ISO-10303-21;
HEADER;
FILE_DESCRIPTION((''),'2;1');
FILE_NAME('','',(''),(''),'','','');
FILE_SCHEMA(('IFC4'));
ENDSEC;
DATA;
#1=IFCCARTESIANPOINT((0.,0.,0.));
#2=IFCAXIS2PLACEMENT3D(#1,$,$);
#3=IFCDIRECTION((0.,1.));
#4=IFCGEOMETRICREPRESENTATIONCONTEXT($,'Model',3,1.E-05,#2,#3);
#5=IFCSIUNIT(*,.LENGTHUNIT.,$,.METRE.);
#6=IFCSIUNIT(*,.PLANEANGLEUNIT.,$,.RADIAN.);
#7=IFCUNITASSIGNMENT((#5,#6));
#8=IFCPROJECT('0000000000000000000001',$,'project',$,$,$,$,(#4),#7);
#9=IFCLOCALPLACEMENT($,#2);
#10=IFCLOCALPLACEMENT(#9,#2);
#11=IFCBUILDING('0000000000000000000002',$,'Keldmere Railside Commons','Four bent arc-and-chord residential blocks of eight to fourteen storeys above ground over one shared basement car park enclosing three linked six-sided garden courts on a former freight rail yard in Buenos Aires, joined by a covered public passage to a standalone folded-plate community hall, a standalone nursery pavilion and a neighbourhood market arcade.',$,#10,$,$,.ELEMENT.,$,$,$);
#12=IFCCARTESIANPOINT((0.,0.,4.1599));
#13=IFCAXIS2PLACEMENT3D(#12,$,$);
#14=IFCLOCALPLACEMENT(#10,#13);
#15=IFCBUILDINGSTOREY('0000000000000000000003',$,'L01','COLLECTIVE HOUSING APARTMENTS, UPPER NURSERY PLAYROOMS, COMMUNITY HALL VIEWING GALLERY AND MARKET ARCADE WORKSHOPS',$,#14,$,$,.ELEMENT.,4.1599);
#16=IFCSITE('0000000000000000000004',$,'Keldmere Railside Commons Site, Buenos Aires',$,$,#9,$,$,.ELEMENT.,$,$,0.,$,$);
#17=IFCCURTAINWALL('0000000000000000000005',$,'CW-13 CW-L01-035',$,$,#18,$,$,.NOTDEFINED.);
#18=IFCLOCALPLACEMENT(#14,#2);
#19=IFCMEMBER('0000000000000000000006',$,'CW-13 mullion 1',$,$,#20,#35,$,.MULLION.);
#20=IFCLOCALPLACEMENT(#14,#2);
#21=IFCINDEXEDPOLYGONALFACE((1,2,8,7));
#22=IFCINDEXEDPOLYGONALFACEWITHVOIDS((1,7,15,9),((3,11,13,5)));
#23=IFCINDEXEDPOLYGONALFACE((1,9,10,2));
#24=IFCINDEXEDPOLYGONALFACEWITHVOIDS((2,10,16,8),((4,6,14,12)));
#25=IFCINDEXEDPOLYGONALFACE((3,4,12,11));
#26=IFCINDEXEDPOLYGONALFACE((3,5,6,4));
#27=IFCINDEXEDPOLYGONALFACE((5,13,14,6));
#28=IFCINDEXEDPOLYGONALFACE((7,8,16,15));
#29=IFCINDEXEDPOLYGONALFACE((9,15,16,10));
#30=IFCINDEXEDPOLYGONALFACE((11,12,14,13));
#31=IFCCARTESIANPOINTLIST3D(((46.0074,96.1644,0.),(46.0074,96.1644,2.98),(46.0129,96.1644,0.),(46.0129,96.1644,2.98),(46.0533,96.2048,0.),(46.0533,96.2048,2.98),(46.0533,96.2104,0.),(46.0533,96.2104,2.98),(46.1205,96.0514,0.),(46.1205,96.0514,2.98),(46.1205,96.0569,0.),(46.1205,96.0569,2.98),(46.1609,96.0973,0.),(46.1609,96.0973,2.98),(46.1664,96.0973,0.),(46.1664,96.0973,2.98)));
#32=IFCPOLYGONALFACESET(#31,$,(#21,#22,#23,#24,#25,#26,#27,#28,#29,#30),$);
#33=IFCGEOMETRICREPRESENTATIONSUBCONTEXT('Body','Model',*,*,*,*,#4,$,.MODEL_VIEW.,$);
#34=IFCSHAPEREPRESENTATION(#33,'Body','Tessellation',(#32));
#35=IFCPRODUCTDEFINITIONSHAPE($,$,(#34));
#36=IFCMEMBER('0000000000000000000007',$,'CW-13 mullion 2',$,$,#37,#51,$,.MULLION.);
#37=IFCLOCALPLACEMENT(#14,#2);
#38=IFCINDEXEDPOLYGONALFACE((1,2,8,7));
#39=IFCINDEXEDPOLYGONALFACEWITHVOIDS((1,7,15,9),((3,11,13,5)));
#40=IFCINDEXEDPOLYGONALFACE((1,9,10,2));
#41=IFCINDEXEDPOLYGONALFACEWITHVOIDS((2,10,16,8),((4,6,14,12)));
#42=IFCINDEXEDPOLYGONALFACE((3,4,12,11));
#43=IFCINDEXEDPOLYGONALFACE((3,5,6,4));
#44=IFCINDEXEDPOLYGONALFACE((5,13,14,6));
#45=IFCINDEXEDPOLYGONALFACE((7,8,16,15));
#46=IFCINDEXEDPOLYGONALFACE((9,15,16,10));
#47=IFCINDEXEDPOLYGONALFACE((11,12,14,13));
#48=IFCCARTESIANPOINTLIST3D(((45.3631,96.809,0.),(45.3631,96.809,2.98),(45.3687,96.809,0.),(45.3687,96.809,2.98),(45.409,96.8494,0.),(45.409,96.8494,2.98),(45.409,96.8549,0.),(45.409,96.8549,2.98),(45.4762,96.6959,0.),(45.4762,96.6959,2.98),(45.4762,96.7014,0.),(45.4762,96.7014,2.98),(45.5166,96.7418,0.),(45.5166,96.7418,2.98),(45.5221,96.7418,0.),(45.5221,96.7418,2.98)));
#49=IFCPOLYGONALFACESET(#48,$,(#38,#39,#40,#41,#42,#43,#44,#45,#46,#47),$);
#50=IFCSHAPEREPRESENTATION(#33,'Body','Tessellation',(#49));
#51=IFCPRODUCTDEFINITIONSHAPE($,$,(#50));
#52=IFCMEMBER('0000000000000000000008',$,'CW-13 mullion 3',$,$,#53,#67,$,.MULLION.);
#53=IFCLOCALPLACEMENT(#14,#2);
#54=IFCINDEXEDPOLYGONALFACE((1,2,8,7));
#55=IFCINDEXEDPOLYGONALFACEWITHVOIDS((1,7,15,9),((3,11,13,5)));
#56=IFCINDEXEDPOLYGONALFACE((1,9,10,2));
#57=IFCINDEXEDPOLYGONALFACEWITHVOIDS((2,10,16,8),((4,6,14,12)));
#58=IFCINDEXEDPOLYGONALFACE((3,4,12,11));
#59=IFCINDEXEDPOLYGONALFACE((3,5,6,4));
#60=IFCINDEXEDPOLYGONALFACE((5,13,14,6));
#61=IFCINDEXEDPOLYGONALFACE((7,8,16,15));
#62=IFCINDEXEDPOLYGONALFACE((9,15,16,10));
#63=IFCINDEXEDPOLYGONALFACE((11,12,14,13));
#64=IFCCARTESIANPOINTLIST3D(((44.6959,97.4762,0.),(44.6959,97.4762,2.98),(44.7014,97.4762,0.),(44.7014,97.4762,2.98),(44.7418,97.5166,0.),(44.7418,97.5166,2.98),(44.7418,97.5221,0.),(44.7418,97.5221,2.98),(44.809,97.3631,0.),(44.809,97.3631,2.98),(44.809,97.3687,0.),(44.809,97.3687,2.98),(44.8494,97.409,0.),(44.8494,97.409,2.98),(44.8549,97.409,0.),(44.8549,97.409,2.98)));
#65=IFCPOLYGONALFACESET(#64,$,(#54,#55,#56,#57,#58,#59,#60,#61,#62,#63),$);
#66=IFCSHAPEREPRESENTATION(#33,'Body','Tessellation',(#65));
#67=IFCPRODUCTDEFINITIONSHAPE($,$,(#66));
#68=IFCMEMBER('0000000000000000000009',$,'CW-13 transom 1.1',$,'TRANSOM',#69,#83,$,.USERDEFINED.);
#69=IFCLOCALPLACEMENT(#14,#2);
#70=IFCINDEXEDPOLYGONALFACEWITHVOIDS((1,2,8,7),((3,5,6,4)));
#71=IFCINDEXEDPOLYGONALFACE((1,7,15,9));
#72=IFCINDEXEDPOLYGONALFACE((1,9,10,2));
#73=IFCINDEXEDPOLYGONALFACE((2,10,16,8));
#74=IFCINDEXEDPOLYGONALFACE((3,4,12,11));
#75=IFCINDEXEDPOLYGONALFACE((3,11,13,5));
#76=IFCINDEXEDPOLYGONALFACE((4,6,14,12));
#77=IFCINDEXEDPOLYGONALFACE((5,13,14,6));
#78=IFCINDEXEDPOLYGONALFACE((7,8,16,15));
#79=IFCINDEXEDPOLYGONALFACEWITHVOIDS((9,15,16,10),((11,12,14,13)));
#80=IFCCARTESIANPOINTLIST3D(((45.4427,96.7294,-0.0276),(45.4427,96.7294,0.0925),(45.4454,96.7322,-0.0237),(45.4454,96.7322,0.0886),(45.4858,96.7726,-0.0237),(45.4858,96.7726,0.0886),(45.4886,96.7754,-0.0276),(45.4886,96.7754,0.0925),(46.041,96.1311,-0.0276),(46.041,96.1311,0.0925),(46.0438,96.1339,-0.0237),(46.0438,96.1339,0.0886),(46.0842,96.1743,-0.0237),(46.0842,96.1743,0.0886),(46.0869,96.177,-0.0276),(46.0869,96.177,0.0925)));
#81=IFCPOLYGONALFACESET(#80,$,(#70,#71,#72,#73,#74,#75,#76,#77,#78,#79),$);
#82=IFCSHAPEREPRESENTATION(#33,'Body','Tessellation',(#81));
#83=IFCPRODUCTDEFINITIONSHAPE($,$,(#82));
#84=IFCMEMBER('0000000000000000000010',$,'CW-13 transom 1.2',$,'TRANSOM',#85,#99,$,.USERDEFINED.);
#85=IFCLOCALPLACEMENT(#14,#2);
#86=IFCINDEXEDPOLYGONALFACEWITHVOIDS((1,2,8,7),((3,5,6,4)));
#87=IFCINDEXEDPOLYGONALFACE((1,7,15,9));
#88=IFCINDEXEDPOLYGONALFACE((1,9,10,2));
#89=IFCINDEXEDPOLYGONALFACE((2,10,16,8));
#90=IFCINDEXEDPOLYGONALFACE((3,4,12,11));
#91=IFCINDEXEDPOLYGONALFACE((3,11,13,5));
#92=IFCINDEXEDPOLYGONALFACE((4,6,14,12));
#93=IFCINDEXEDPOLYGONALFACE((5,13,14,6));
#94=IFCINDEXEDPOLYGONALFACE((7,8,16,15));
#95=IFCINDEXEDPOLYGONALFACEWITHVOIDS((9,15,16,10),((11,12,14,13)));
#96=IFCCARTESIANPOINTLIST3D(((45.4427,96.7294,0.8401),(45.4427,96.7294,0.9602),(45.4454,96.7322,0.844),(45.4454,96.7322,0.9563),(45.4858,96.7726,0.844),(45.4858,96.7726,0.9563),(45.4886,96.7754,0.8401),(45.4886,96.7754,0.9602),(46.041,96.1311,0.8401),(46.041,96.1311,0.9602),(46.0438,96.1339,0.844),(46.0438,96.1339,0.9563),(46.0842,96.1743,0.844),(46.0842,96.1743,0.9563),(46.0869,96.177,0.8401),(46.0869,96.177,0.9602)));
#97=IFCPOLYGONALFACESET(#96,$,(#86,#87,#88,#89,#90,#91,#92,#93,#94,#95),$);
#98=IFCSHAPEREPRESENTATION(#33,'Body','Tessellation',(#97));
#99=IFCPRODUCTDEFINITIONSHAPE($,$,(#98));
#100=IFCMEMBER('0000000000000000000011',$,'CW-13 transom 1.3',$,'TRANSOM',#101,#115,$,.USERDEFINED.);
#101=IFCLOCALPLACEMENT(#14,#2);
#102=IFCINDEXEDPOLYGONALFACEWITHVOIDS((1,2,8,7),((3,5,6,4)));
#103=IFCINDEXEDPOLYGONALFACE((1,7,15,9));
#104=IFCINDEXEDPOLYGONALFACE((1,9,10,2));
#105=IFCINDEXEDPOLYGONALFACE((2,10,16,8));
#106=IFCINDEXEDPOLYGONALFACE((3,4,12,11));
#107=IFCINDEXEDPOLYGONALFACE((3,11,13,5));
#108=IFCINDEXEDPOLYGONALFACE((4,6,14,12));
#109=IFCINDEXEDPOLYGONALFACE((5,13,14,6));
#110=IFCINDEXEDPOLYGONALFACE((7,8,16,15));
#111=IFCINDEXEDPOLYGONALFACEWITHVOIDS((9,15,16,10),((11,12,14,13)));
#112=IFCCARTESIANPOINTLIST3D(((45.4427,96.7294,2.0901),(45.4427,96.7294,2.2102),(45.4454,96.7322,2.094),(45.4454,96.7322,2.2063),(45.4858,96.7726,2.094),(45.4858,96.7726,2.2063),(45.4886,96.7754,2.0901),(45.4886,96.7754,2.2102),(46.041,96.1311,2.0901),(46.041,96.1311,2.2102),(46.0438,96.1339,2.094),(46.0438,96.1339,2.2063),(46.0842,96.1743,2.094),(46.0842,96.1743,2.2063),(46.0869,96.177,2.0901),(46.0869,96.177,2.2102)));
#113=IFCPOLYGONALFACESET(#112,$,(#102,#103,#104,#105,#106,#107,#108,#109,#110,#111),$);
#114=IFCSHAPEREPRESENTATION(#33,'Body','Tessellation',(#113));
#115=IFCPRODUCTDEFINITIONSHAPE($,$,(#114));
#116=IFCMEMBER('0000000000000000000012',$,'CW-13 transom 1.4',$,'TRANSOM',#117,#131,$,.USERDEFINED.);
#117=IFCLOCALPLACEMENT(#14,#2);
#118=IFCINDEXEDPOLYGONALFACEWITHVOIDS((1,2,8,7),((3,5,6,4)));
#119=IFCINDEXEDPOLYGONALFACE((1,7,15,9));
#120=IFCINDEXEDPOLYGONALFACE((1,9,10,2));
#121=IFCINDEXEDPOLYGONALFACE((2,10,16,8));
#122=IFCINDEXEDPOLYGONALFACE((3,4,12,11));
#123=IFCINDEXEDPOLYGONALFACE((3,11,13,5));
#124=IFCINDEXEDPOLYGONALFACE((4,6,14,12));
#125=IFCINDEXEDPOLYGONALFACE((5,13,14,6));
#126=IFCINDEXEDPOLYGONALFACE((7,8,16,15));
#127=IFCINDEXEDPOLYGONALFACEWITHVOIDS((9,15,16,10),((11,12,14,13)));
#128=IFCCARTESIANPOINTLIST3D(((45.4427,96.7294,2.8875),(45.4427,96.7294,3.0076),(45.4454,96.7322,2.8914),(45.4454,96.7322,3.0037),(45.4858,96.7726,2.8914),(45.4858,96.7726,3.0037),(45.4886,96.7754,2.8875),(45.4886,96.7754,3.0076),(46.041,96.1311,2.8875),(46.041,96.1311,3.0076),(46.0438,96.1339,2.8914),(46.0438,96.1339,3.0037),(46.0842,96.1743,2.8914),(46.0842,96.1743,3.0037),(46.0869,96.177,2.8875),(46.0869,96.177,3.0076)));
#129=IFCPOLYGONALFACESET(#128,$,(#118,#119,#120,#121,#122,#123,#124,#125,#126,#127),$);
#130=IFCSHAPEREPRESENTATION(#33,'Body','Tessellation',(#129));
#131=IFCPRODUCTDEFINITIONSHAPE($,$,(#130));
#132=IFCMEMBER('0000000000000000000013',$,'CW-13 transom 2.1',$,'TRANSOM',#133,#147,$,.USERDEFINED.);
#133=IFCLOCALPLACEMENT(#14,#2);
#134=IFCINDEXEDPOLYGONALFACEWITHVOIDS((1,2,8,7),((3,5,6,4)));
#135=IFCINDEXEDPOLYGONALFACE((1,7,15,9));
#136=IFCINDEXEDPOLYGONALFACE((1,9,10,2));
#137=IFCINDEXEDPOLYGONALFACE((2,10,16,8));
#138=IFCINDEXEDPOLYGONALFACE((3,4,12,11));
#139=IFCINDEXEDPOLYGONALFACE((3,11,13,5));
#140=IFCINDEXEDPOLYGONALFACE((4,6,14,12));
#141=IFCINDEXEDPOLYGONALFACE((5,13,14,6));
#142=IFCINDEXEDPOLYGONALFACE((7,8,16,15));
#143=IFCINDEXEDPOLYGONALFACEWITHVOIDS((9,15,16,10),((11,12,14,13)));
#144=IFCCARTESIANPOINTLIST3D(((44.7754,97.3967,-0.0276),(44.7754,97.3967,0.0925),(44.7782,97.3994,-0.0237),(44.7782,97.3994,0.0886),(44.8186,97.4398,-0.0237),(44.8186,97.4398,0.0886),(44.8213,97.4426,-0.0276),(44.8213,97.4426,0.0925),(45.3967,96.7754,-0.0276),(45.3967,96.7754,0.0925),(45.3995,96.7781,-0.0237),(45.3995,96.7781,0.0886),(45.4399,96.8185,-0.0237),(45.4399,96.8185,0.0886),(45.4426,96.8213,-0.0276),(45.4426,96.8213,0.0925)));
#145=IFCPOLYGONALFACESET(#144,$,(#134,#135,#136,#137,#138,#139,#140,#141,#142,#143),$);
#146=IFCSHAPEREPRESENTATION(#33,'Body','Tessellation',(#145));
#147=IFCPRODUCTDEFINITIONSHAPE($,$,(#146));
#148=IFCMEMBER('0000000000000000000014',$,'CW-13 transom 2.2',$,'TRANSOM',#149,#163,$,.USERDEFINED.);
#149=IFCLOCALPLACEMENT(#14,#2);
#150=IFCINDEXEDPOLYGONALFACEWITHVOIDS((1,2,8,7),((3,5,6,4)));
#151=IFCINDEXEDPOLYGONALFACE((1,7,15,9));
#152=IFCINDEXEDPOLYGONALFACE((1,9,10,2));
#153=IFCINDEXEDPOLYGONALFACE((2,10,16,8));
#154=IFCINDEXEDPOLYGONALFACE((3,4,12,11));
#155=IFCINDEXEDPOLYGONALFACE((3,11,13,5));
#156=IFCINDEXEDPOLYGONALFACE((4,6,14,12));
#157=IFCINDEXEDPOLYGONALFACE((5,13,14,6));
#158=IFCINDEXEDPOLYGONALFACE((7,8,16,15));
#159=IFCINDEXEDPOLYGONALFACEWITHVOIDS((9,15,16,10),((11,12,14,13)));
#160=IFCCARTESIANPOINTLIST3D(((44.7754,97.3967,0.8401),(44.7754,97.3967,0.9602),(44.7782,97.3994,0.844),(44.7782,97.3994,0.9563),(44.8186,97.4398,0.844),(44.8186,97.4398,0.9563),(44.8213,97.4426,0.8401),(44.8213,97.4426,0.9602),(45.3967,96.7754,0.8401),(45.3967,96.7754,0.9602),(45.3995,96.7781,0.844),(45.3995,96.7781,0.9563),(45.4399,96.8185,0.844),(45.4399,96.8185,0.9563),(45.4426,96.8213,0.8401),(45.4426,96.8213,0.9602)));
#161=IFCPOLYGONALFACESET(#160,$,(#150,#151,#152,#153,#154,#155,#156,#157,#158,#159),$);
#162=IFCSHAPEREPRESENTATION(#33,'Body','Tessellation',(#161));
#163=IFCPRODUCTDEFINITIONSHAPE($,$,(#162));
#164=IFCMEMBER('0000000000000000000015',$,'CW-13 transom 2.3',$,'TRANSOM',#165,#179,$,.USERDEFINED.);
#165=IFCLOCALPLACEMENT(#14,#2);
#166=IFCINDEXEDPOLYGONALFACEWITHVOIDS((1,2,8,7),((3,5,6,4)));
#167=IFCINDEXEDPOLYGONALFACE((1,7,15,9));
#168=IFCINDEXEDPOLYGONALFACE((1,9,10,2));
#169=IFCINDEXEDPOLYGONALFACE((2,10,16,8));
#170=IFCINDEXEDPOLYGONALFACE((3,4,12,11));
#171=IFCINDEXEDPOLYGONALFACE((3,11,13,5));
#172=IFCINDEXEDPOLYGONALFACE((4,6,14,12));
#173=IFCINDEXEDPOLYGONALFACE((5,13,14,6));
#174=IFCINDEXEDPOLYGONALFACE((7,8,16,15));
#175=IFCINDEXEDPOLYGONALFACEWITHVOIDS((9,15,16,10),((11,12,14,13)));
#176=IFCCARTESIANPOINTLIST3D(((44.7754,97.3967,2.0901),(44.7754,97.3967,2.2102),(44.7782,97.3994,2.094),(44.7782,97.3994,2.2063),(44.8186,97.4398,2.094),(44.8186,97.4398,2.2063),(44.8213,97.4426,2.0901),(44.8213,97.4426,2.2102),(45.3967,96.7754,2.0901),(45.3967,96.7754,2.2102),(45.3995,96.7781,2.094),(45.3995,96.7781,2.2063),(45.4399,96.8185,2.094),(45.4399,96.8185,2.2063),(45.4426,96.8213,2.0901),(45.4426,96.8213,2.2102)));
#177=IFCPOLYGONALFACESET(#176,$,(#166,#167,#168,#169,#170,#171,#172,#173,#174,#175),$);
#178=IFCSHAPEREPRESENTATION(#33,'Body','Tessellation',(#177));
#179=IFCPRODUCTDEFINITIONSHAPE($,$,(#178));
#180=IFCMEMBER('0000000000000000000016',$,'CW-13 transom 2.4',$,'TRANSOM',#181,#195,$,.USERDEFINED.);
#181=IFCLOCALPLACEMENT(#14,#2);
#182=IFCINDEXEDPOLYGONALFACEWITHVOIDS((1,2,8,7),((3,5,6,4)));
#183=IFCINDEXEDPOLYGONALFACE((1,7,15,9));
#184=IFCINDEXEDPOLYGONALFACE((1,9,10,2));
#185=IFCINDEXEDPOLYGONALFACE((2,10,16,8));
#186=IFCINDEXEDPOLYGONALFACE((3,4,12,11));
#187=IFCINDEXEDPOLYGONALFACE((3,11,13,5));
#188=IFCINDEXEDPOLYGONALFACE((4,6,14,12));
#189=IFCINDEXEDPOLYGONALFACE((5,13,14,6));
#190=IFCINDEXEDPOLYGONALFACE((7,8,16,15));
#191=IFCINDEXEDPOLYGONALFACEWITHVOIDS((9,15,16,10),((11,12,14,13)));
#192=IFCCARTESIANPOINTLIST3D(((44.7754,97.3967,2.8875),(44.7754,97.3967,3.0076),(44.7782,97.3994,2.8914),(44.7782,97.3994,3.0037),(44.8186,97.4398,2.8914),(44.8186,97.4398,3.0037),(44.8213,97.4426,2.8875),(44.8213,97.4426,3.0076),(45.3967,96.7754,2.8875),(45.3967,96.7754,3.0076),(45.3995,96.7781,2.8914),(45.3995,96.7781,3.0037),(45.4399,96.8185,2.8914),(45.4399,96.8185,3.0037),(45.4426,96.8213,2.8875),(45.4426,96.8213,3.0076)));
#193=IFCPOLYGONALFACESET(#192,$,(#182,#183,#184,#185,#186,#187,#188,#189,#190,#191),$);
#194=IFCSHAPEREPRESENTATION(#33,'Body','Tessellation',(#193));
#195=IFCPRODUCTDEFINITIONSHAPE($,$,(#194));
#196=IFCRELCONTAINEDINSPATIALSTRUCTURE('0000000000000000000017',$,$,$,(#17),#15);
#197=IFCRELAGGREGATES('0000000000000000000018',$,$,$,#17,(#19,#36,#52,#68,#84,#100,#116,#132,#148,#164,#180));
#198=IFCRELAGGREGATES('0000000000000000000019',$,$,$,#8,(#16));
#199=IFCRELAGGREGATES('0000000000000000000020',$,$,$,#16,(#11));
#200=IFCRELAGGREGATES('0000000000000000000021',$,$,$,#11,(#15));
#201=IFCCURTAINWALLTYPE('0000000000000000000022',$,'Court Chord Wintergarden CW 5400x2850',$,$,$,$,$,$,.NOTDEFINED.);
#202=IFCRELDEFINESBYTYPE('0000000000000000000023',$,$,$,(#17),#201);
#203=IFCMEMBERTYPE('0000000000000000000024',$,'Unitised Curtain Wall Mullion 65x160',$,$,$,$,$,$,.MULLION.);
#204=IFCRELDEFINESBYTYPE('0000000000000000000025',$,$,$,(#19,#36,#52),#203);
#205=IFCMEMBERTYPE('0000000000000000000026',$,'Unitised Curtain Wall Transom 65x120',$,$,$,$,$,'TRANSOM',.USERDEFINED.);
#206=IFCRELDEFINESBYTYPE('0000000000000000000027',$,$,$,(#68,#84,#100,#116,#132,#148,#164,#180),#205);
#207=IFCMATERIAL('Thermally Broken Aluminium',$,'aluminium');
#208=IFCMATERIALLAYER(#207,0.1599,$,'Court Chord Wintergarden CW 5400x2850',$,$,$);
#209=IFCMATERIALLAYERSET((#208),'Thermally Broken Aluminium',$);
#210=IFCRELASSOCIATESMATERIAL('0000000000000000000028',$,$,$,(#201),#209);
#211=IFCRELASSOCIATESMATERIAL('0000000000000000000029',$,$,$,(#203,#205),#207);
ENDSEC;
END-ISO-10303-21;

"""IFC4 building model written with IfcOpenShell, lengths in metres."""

from ifc_helpers import new_model, si_unit, direction, frame, origin, origin_2d, place, context, subcontext, project, spatial, hollow_rectangle, extrude, material, layer, layer_set, material_profile, profile_set, type_object, element, aggregate, save


model = new_model("IFC4")

# Units and contexts
model_context = context("Model", 3, precision=1e-05, world=origin(), true_north=direction((0.0, 1.0)))
body_context = subcontext(model_context, "Body", "Model", "MODEL_VIEW")
ifc_project = project(units=[si_unit("LENGTHUNIT", "METRE"), si_unit("PLANEANGLEUNIT", "RADIAN")], contexts=[model_context])

# Site, building, storey
site_placement = place(None, origin())
site = spatial("IfcSite", under=ifc_project, at=site_placement, Name="Keldmere Railside Commons Site, Buenos Aires", CompositionType="ELEMENT", RefElevation=0.0)
building_placement = place(site_placement, origin())
building = spatial("IfcBuilding", under=site, at=building_placement, Name="Keldmere Railside Commons", Description="Four bent arc-and-chord residential blocks of eight to fourteen storeys above ground over one shared basement car park enclosing three linked six-sided garden courts on a former freight rail yard in Buenos Aires, joined by a covered public passage to a standalone folded-plate community hall, a standalone nursery pavilion and a neighbourhood market arcade.", CompositionType="ELEMENT")
storey_placement = place(building_placement, frame((0.0, 0.0, 4.1599)))
storey = spatial("IfcBuildingStorey", under=building, at=storey_placement, Name="L01", Description="COLLECTIVE HOUSING APARTMENTS, UPPER NURSERY PLAYROOMS, COMMUNITY HALL VIEWING GALLERY AND MARKET ARCADE WORKSHOPS", CompositionType="ELEMENT", Elevation=4.1599)

# Curtain wall, members
ifc_material_1 = material(Name="Thermally Broken Aluminium", Category="aluminium")
ifc_layer_1 = layer(ifc_material_1, 0.1599, Name="Court Chord Wintergarden CW 5400x2850")
ifc_layer_set_1 = layer_set([ifc_layer_1], Name="Thermally Broken Aluminium")
curtain_wall_type = type_object("IfcCurtainWallType", Name="Court Chord Wintergarden CW 5400x2850", PredefinedType="NOTDEFINED", material=ifc_layer_set_1)
curtain_wall_placement = place(storey_placement, origin())
curtain_wall = element("IfcCurtainWall", 1, at=curtain_wall_placement, inside=storey, type_object=curtain_wall_type, Name="CW-13 CW-L01-035", PredefinedType="NOTDEFINED")
ifc_material_profile_1 = material_profile(ifc_material_1, hollow_rectangle(XDim=0.0649, YDim=0.1599, WallThickness=0.0039, at=origin_2d()), Name="ALU-MULL-65x160")
ifc_profile_set_1 = profile_set([ifc_material_profile_1], Name="Thermally Broken Aluminium")
member_type_1 = type_object("IfcMemberType", Name="Unitised Curtain Wall Mullion 65x160", PredefinedType="MULLION", material=ifc_profile_set_1)
member_1_placement = place(storey_placement, frame((46.0869, 96.1309, 0.0), z_axis=(0.0, 0.0, 1.0), x_axis=(-0.707107, -0.707107, 0.0)))
member_1 = element("IfcMember", 2, at=member_1_placement, type_object=member_type_1, Name="CW-13 mullion 1", PredefinedType="MULLION", context=body_context, shape_type="SweptSolid", body=[
    extrude(hollow_rectangle(XDim=0.0649, YDim=0.1599, WallThickness=0.0039, at=origin_2d()), origin(), (0.0, 0.0, 1.0), 2.98),
])
member_2_placement = place(storey_placement, frame((45.4426, 96.7754, 0.0), z_axis=(0.0, 0.0, 1.0), x_axis=(-0.707107, -0.707107, 0.0)))
member_2 = element("IfcMember", 3, at=member_2_placement, type_object=member_type_1, Name="CW-13 mullion 2", PredefinedType="MULLION", context=body_context, shape_type="SweptSolid", body=[
    extrude(hollow_rectangle(XDim=0.0649, YDim=0.1599, WallThickness=0.0039, at=origin_2d()), origin(), (0.0, 0.0, 1.0), 2.98),
])
member_3_placement = place(storey_placement, frame((44.7754, 97.4426, 0.0), z_axis=(0.0, 0.0, 1.0), x_axis=(-0.707107, -0.707107, 0.0)))
member_3 = element("IfcMember", 4, at=member_3_placement, type_object=member_type_1, Name="CW-13 mullion 3", PredefinedType="MULLION", context=body_context, shape_type="SweptSolid", body=[
    extrude(hollow_rectangle(XDim=0.0649, YDim=0.1599, WallThickness=0.0039, at=origin_2d()), origin(), (0.0, 0.0, 1.0), 2.98),
])
ifc_material_profile_2 = material_profile(ifc_material_1, hollow_rectangle(XDim=0.0649, YDim=0.1201, WallThickness=0.0039, at=origin_2d()), Name="ALU-TRAN-65x120")
ifc_profile_set_2 = profile_set([ifc_material_profile_2], Name="Thermally Broken Aluminium")
member_type_2 = type_object("IfcMemberType", Name="Unitised Curtain Wall Transom 65x120", ElementType="TRANSOM", PredefinedType="USERDEFINED", material=ifc_profile_set_2)
member_4_placement = place(storey_placement, frame((46.064, 96.1541, 0.0325), z_axis=(-0.707107, 0.707107, 0.0), x_axis=(-0.707107, -0.707107, 0.0)))
member_4 = element("IfcMember", 5, at=member_4_placement, type_object=member_type_2, Name="CW-13 transom 1.1", ObjectType="TRANSOM", PredefinedType="USERDEFINED", context=body_context, shape_type="SweptSolid", body=[
    extrude(hollow_rectangle(XDim=0.0649, YDim=0.1201, WallThickness=0.0039, at=origin_2d()), origin(), (0.0, 0.0, 1.0), 0.8462),
])
member_5_placement = place(storey_placement, frame((46.064, 96.1541, 0.9001), z_axis=(-0.707107, 0.707107, 0.0), x_axis=(-0.707107, -0.707107, 0.0)))
member_5 = element("IfcMember", 6, at=member_5_placement, type_object=member_type_2, Name="CW-13 transom 1.2", ObjectType="TRANSOM", PredefinedType="USERDEFINED", context=body_context, shape_type="SweptSolid", body=[
    extrude(hollow_rectangle(XDim=0.0649, YDim=0.1201, WallThickness=0.0039, at=origin_2d()), origin(), (0.0, 0.0, 1.0), 0.8462),
])
member_6_placement = place(storey_placement, frame((46.064, 96.1541, 2.1501), z_axis=(-0.707107, 0.707107, 0.0), x_axis=(-0.707107, -0.707107, 0.0)))
member_6 = element("IfcMember", 7, at=member_6_placement, type_object=member_type_2, Name="CW-13 transom 1.3", ObjectType="TRANSOM", PredefinedType="USERDEFINED", context=body_context, shape_type="SweptSolid", body=[
    extrude(hollow_rectangle(XDim=0.0649, YDim=0.1201, WallThickness=0.0039, at=origin_2d()), origin(), (0.0, 0.0, 1.0), 0.8462),
])
member_7_placement = place(storey_placement, frame((46.064, 96.1541, 2.9475), z_axis=(-0.707107, 0.707107, 0.0), x_axis=(-0.707107, -0.707107, 0.0)))
member_7 = element("IfcMember", 8, at=member_7_placement, type_object=member_type_2, Name="CW-13 transom 1.4", ObjectType="TRANSOM", PredefinedType="USERDEFINED", context=body_context, shape_type="SweptSolid", body=[
    extrude(hollow_rectangle(XDim=0.0649, YDim=0.1201, WallThickness=0.0039, at=origin_2d()), origin(), (0.0, 0.0, 1.0), 0.8462),
])
member_8_placement = place(storey_placement, frame((45.4197, 96.7983, 0.0325), z_axis=(-0.707107, 0.707107, 0.0), x_axis=(-0.707107, -0.707107, 0.0)))
member_8 = element("IfcMember", 9, at=member_8_placement, type_object=member_type_2, Name="CW-13 transom 2.1", ObjectType="TRANSOM", PredefinedType="USERDEFINED", context=body_context, shape_type="SweptSolid", body=[
    extrude(hollow_rectangle(XDim=0.0649, YDim=0.1201, WallThickness=0.0039, at=origin_2d()), origin(), (0.0, 0.0, 1.0), 0.8787),
])
member_9_placement = place(storey_placement, frame((45.4197, 96.7983, 0.9001), z_axis=(-0.707107, 0.707107, 0.0), x_axis=(-0.707107, -0.707107, 0.0)))
member_9 = element("IfcMember", 10, at=member_9_placement, type_object=member_type_2, Name="CW-13 transom 2.2", ObjectType="TRANSOM", PredefinedType="USERDEFINED", context=body_context, shape_type="SweptSolid", body=[
    extrude(hollow_rectangle(XDim=0.0649, YDim=0.1201, WallThickness=0.0039, at=origin_2d()), origin(), (0.0, 0.0, 1.0), 0.8787),
])
member_10_placement = place(storey_placement, frame((45.4197, 96.7983, 2.1501), z_axis=(-0.707107, 0.707107, 0.0), x_axis=(-0.707107, -0.707107, 0.0)))
member_10 = element("IfcMember", 11, at=member_10_placement, type_object=member_type_2, Name="CW-13 transom 2.3", ObjectType="TRANSOM", PredefinedType="USERDEFINED", context=body_context, shape_type="SweptSolid", body=[
    extrude(hollow_rectangle(XDim=0.0649, YDim=0.1201, WallThickness=0.0039, at=origin_2d()), origin(), (0.0, 0.0, 1.0), 0.8787),
])
member_11_placement = place(storey_placement, frame((45.4197, 96.7983, 2.9475), z_axis=(-0.707107, 0.707107, 0.0), x_axis=(-0.707107, -0.707107, 0.0)))
member_11 = element("IfcMember", 12, at=member_11_placement, type_object=member_type_2, Name="CW-13 transom 2.4", ObjectType="TRANSOM", PredefinedType="USERDEFINED", context=body_context, shape_type="SweptSolid", body=[
    extrude(hollow_rectangle(XDim=0.0649, YDim=0.1201, WallThickness=0.0039, at=origin_2d()), origin(), (0.0, 0.0, 1.0), 0.8787),
])
aggregate(curtain_wall, [member_1, member_2, member_3, member_4, member_5, member_6, member_7, member_8, member_9, member_10, member_11])

save(model, "model.ifc")
